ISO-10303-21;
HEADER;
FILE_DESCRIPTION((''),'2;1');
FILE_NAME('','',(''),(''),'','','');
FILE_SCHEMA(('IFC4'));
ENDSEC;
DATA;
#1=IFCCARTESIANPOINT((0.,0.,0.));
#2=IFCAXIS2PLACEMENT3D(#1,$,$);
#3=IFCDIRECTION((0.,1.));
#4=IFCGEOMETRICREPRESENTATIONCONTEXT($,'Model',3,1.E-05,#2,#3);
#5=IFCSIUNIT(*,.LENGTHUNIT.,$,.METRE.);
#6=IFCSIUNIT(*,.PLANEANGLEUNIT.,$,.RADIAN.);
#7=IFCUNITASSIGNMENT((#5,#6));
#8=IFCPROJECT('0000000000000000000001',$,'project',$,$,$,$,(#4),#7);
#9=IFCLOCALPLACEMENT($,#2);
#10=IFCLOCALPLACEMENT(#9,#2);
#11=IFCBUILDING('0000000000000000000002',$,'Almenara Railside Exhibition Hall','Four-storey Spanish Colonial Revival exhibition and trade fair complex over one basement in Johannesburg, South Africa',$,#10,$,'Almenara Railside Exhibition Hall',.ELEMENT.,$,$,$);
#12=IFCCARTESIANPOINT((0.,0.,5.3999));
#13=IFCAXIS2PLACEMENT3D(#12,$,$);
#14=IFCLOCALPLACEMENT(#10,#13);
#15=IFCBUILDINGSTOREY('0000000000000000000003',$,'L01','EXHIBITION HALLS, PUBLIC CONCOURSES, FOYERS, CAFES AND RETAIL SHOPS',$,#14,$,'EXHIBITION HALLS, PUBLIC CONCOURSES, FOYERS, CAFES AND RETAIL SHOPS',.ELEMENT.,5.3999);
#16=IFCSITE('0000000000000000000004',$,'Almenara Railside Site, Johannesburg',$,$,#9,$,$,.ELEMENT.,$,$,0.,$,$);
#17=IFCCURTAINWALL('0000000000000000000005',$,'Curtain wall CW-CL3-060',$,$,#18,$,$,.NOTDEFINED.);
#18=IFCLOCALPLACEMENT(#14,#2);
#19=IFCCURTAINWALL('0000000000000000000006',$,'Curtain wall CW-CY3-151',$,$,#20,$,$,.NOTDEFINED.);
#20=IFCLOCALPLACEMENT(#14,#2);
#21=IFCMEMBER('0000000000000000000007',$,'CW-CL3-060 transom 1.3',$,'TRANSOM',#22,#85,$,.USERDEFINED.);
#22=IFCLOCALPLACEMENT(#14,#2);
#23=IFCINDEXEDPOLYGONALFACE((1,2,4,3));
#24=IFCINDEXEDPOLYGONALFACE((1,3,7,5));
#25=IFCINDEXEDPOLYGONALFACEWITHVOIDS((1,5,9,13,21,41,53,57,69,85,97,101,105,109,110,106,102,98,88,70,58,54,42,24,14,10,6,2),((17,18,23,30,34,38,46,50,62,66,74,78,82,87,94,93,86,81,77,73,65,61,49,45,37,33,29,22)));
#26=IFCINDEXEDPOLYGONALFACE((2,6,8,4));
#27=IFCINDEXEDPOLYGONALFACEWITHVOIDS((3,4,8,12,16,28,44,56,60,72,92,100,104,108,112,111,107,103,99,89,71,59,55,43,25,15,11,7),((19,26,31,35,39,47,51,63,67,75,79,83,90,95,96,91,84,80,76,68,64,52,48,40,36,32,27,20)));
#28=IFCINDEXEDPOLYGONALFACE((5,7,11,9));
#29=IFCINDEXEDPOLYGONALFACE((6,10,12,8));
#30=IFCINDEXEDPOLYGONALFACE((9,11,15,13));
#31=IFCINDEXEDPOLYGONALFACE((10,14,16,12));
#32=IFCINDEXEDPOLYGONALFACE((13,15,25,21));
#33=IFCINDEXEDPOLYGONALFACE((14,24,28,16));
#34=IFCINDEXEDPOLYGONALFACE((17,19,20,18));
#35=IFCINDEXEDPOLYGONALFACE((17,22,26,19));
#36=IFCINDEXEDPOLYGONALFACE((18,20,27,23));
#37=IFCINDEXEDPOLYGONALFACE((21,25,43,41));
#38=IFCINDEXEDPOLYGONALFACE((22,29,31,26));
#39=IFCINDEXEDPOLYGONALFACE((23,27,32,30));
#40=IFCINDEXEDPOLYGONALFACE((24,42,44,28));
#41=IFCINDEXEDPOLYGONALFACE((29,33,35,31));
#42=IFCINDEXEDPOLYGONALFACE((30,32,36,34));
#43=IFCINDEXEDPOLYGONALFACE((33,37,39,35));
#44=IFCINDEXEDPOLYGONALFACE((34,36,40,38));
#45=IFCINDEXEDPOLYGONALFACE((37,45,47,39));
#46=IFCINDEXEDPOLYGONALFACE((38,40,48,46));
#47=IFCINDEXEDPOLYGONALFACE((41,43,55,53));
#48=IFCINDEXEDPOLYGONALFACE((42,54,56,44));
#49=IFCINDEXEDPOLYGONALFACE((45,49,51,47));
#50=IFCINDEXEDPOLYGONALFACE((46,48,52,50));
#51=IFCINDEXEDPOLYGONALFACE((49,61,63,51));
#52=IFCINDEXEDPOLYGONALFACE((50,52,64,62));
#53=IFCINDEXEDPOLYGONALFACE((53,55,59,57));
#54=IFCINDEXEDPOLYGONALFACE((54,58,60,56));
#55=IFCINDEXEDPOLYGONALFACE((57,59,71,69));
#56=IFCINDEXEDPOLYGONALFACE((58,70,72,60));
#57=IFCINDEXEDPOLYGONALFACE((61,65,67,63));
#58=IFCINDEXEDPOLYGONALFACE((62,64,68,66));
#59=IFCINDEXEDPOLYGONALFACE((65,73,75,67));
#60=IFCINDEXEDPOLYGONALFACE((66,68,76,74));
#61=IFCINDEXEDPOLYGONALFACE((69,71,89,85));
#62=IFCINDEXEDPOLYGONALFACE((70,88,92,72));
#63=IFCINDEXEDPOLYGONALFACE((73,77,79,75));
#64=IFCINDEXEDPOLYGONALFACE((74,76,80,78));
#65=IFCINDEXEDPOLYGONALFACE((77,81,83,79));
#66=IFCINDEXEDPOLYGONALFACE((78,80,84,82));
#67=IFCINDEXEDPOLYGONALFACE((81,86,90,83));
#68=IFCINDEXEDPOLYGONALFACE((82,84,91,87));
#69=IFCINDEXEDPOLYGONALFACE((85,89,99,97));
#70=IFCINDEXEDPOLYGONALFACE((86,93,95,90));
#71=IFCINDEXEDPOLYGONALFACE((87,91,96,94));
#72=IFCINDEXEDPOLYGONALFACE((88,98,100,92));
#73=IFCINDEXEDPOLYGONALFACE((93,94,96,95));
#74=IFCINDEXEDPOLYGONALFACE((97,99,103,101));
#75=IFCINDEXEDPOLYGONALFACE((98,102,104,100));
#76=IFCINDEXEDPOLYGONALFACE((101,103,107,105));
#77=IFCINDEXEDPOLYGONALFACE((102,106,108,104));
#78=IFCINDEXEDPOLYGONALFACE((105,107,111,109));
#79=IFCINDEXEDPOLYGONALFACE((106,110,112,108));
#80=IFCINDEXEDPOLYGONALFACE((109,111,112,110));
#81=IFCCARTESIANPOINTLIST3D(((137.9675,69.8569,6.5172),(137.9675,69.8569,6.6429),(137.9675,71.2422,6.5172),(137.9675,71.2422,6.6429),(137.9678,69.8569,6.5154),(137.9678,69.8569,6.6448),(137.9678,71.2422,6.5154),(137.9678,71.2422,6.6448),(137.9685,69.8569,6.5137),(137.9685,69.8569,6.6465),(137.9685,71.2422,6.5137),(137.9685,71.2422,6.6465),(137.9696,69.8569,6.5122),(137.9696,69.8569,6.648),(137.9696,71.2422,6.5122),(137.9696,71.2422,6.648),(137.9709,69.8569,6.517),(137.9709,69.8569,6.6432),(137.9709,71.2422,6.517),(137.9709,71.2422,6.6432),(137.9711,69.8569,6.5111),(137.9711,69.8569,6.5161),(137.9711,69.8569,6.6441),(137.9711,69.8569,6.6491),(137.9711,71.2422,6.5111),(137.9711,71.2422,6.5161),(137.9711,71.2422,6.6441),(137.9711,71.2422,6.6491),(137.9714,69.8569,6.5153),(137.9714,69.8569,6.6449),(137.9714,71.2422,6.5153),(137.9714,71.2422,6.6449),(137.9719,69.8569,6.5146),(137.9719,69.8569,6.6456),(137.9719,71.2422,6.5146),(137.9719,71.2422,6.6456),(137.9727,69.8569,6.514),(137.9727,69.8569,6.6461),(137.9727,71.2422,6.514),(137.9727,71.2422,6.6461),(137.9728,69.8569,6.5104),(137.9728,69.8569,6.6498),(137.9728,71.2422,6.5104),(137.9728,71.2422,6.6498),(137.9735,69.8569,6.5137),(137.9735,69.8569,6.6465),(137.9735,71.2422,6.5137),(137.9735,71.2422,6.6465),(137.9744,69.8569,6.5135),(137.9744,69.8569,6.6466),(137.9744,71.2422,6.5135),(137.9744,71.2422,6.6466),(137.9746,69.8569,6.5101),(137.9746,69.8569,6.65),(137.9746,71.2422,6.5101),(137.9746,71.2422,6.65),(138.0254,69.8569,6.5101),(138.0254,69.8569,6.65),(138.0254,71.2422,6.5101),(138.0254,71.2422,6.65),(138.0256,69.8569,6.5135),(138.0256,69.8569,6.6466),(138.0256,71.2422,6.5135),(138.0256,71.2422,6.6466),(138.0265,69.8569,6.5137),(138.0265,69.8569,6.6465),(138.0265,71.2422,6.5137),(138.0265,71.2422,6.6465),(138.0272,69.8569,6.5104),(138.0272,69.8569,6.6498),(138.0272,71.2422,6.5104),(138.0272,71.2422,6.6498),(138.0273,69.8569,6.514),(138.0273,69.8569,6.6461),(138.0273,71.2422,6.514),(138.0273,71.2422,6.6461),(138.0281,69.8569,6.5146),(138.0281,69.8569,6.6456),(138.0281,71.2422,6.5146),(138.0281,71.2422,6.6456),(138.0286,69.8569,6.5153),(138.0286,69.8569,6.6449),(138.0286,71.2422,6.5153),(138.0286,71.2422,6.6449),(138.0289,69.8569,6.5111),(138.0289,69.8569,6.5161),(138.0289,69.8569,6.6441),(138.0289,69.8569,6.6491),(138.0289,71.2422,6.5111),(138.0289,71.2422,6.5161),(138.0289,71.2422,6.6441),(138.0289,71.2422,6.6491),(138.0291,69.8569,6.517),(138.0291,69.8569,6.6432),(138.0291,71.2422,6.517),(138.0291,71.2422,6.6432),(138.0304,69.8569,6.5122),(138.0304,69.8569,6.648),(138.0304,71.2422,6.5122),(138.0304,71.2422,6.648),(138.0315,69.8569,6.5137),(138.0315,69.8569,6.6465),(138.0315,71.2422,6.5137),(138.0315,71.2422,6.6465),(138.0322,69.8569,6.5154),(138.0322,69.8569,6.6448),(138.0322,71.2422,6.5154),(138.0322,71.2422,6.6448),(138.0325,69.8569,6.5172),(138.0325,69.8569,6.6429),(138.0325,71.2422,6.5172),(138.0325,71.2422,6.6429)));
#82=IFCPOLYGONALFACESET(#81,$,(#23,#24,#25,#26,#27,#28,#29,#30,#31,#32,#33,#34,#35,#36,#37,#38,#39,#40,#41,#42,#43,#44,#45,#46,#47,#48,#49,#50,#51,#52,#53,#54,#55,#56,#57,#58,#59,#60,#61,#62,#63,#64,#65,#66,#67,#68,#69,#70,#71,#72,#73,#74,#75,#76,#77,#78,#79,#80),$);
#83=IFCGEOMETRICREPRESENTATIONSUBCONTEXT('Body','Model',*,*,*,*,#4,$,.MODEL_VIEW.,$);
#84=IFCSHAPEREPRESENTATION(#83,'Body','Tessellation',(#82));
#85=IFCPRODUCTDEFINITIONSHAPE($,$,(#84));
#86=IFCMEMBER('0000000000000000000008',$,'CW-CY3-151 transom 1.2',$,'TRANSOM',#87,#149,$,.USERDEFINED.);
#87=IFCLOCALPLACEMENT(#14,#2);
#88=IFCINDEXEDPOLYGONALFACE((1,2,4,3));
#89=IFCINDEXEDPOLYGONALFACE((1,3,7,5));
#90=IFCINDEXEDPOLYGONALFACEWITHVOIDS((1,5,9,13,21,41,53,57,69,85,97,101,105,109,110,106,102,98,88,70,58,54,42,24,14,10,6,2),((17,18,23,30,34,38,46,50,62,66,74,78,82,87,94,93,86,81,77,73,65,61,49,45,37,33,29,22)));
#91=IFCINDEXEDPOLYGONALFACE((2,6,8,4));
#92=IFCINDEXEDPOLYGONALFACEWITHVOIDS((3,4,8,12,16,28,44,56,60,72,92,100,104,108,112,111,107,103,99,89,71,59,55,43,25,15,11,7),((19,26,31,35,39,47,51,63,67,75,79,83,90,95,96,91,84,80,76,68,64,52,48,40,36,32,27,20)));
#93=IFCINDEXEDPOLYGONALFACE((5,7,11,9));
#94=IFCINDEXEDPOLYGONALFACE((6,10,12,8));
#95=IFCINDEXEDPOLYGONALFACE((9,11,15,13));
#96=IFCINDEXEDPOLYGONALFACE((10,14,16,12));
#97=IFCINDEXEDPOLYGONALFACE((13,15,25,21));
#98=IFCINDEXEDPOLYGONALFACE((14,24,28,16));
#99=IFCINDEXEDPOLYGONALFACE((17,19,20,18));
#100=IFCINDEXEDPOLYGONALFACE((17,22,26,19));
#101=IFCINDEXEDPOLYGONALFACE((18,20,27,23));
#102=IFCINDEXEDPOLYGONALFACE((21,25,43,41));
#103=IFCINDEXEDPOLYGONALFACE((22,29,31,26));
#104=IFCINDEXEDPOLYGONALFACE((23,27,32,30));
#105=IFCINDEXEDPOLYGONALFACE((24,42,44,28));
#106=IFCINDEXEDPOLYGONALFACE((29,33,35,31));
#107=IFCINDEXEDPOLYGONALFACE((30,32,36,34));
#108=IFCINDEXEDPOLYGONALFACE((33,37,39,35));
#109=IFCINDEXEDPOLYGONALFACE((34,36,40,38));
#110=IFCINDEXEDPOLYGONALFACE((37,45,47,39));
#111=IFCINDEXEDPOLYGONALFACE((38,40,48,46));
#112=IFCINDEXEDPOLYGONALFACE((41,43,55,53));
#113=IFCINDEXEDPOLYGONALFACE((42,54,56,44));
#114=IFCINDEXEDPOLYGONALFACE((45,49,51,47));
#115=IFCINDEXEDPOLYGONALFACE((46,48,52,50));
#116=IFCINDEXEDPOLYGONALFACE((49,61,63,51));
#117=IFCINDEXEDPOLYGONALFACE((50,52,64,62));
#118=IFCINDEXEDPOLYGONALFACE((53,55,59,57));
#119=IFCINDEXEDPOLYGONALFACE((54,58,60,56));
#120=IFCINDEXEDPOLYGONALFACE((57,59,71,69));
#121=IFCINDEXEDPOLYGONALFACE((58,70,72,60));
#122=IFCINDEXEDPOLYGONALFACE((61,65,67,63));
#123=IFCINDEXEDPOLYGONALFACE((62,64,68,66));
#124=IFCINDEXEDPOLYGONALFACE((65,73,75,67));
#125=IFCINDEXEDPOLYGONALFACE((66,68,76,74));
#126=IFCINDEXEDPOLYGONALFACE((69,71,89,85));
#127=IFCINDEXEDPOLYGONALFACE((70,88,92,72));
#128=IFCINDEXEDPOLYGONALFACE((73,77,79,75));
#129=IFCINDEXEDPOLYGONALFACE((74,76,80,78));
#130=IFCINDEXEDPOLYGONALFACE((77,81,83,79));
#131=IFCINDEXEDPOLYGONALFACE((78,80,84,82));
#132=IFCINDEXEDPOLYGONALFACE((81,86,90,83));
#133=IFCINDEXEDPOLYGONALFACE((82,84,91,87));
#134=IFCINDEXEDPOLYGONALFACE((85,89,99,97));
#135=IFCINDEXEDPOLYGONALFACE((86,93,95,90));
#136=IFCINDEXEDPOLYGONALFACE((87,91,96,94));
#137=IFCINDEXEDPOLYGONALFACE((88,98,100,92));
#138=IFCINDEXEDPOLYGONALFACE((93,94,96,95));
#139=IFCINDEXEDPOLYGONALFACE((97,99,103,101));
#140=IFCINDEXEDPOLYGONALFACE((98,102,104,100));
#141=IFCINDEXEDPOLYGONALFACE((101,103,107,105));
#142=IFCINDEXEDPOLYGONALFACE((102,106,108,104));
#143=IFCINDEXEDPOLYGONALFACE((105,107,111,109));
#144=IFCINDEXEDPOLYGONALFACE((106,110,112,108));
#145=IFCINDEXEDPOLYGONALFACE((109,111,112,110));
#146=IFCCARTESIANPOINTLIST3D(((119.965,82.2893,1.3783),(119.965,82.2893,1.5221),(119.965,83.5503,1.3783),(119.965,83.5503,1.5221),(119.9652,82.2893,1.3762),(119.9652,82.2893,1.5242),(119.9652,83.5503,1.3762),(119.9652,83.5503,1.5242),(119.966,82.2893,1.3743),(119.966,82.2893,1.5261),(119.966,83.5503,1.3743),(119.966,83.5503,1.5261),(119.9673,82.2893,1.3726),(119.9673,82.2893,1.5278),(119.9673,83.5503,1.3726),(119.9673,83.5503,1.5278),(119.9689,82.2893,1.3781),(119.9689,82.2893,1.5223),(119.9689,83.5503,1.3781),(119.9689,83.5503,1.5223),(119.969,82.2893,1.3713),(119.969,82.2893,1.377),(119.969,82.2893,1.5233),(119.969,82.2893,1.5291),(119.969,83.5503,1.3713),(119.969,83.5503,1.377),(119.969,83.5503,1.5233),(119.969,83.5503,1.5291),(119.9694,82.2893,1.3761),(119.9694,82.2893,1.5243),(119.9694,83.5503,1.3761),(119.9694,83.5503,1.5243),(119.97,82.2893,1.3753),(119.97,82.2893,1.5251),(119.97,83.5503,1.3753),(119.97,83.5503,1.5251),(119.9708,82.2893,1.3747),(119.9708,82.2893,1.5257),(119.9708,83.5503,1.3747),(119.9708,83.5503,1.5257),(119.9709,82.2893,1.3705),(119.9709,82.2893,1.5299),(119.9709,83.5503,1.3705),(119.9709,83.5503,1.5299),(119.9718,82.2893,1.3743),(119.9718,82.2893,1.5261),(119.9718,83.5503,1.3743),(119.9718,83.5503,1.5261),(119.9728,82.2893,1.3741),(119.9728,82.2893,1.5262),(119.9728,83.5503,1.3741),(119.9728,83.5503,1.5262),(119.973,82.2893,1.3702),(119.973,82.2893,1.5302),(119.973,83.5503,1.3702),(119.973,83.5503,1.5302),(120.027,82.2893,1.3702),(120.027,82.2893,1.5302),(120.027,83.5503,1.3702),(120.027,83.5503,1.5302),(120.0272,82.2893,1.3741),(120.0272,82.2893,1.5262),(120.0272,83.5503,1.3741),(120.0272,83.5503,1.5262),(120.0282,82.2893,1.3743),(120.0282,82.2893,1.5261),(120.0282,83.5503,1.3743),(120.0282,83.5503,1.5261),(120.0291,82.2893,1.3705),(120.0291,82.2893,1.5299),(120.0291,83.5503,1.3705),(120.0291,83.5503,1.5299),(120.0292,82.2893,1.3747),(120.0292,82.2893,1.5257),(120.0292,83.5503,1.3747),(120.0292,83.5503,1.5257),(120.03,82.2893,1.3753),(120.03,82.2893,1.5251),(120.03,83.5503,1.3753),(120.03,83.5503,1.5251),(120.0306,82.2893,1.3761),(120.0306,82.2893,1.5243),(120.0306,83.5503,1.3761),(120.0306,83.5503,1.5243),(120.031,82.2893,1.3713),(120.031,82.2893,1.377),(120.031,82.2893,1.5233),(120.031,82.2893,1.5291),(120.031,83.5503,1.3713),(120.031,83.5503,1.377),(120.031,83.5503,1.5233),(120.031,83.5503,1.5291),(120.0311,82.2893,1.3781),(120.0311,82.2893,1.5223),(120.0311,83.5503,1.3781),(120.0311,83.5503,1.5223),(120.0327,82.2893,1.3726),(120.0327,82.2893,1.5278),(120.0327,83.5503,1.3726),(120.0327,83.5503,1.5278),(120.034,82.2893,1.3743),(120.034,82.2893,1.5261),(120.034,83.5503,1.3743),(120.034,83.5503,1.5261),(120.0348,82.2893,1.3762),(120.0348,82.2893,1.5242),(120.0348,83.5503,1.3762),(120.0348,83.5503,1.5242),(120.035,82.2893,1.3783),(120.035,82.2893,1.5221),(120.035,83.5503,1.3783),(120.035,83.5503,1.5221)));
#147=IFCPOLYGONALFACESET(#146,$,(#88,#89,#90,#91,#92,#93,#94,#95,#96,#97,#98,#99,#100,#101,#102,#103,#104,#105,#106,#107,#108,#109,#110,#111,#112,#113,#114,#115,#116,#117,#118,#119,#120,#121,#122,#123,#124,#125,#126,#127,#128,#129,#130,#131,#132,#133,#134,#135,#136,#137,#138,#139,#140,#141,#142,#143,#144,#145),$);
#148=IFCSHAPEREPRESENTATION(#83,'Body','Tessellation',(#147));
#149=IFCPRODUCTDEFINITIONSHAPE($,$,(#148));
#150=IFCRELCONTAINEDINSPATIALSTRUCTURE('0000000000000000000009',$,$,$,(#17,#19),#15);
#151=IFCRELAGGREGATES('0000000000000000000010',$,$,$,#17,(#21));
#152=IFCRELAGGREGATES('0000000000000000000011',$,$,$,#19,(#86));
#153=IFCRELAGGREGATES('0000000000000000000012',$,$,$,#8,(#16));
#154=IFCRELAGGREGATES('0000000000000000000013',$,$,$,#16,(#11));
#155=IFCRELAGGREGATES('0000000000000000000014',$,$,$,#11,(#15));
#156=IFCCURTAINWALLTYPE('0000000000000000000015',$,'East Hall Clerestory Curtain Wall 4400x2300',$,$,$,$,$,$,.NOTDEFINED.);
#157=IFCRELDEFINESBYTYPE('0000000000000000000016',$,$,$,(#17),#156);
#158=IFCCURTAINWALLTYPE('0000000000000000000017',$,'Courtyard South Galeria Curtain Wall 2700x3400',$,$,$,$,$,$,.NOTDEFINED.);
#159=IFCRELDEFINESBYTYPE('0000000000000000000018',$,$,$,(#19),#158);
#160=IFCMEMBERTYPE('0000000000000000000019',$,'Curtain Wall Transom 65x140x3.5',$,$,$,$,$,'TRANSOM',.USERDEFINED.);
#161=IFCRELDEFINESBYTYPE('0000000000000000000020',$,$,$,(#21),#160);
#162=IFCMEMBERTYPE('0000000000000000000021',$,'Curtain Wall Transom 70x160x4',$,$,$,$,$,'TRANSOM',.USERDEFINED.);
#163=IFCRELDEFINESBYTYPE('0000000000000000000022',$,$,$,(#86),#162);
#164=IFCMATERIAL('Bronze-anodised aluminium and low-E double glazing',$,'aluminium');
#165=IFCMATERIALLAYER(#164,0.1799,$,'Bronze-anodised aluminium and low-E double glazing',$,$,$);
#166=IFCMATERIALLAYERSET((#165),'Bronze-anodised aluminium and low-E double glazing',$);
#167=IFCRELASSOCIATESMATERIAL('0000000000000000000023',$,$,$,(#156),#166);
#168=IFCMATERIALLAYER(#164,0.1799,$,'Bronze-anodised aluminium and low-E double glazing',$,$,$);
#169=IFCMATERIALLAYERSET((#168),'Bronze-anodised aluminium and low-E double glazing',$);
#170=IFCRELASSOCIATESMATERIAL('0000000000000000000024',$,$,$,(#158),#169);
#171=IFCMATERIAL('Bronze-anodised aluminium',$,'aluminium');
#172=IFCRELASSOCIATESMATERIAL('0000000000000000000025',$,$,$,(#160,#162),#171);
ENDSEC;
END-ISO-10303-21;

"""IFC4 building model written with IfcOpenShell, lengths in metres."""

from ifc_helpers import new_model, si_unit, direction, frame, origin, origin_2d, place, context, subcontext, project, spatial, hollow_rectangle, extrude, material, layer, layer_set, material_profile, profile_set, type_object, element, aggregate, save


model = new_model("IFC4")

# Units and contexts
model_context = context("Model", 3, precision=1e-05, world=origin(), true_north=direction((0.0, 1.0)))
body_context = subcontext(model_context, "Body", "Model", "MODEL_VIEW")
ifc_project = project(units=[si_unit("LENGTHUNIT", "METRE"), si_unit("PLANEANGLEUNIT", "RADIAN")], contexts=[model_context])

# Site, building, storey
site_placement = place(None, origin())
site = spatial("IfcSite", under=ifc_project, at=site_placement, Name="Almenara Railside Site, Johannesburg", CompositionType="ELEMENT", RefElevation=0.0)
building_placement = place(site_placement, origin())
building = spatial("IfcBuilding", under=site, at=building_placement, Name="Almenara Railside Exhibition Hall", Description="Four-storey Spanish Colonial Revival exhibition and trade fair complex over one basement in Johannesburg, South Africa", LongName="Almenara Railside Exhibition Hall", CompositionType="ELEMENT")
storey_placement = place(building_placement, frame((0.0, 0.0, 5.3999)))
storey = spatial("IfcBuildingStorey", under=building, at=storey_placement, Name="L01", Description="EXHIBITION HALLS, PUBLIC CONCOURSES, FOYERS, CAFES AND RETAIL SHOPS", LongName="EXHIBITION HALLS, PUBLIC CONCOURSES, FOYERS, CAFES AND RETAIL SHOPS", CompositionType="ELEMENT", Elevation=5.3999)

# Curtain wall
ifc_material_1 = material(Name="Bronze-anodised aluminium and low-E double glazing", Category="aluminium")
ifc_layer_1 = layer(ifc_material_1, 0.1799, Name="Bronze-anodised aluminium and low-E double glazing")
ifc_layer_set_1 = layer_set([ifc_layer_1], Name="Bronze-anodised aluminium and low-E double glazing")
curtain_wall_type_1 = type_object("IfcCurtainWallType", Name="East Hall Clerestory Curtain Wall 4400x2300", PredefinedType="NOTDEFINED", material=ifc_layer_set_1)
curtain_wall_1_placement = place(storey_placement, origin())
curtain_wall_1 = element("IfcCurtainWall", 1, at=curtain_wall_1_placement, inside=storey, type_object=curtain_wall_type_1, Name="Curtain wall CW-CL3-060", PredefinedType="NOTDEFINED")
ifc_material_2 = material(Name="Bronze-anodised aluminium", Category="aluminium")

# Curtain wall
ifc_layer_2 = layer(ifc_material_1, 0.1799, Name="Bronze-anodised aluminium and low-E double glazing")
ifc_layer_set_2 = layer_set([ifc_layer_2], Name="Bronze-anodised aluminium and low-E double glazing")
curtain_wall_type_2 = type_object("IfcCurtainWallType", Name="Courtyard South Galeria Curtain Wall 2700x3400", PredefinedType="NOTDEFINED", material=ifc_layer_set_2)
curtain_wall_2_placement = place(storey_placement, origin())
curtain_wall_2 = element("IfcCurtainWall", 2, at=curtain_wall_2_placement, inside=storey, type_object=curtain_wall_type_2, Name="Curtain wall CW-CY3-151", PredefinedType="NOTDEFINED")

# Members
ifc_material_profile_1 = material_profile(ifc_material_2, hollow_rectangle(XDim=0.0649, YDim=0.1399, WallThickness=0.0034, InnerFilletRadius=0.0034, OuterFilletRadius=0.0071, at=origin_2d()), Name="ALU-TRN 65x140x3.5")
ifc_profile_set_1 = profile_set([ifc_material_profile_1], Name="Bronze-anodised aluminium")
member_type_1 = type_object("IfcMemberType", Name="Curtain Wall Transom 65x140x3.5", ElementType="TRANSOM", PredefinedType="USERDEFINED", material=ifc_profile_set_1)
member_1_placement = place(storey_placement, frame((138.0, 69.8569, 6.5801), z_axis=(0.0, 1.0, 0.0), x_axis=(-1.0, 0.0, 0.0)))
member_1 = element("IfcMember", 3, at=member_1_placement, type_object=member_type_1, Name="CW-CL3-060 transom 1.3", ObjectType="TRANSOM", PredefinedType="USERDEFINED", context=body_context, shape_type="SweptSolid", body=[
    extrude(hollow_rectangle(XDim=0.0649, YDim=0.1399, WallThickness=0.0034, InnerFilletRadius=0.0034, OuterFilletRadius=0.0071, at=origin_2d()), origin(), (0.0, 0.0, 1.0), 1.3853),
])
ifc_material_profile_2 = material_profile(ifc_material_2, hollow_rectangle(XDim=0.0701, YDim=0.1599, WallThickness=0.0039, InnerFilletRadius=0.0039, OuterFilletRadius=0.0081, at=origin_2d()), Name="ALU-TRN 70x160x4")
ifc_profile_set_2 = profile_set([ifc_material_profile_2], Name="Bronze-anodised aluminium")
member_type_2 = type_object("IfcMemberType", Name="Curtain Wall Transom 70x160x4", ElementType="TRANSOM", PredefinedType="USERDEFINED", material=ifc_profile_set_2)
member_2_placement = place(storey_placement, frame((120.0, 82.2893, 1.4502), z_axis=(0.0, 1.0, 0.0), x_axis=(-1.0, 0.0, 0.0)))
member_2 = element("IfcMember", 4, at=member_2_placement, type_object=member_type_2, Name="CW-CY3-151 transom 1.2", ObjectType="TRANSOM", PredefinedType="USERDEFINED", context=body_context, shape_type="SweptSolid", body=[
    extrude(hollow_rectangle(XDim=0.0701, YDim=0.1599, WallThickness=0.0039, InnerFilletRadius=0.0039, OuterFilletRadius=0.0081, at=origin_2d()), origin(), (0.0, 0.0, 1.0), 1.261),
])

aggregate(curtain_wall_1, [member_1])
aggregate(curtain_wall_2, [member_2])

save(model, "model.ifc")
